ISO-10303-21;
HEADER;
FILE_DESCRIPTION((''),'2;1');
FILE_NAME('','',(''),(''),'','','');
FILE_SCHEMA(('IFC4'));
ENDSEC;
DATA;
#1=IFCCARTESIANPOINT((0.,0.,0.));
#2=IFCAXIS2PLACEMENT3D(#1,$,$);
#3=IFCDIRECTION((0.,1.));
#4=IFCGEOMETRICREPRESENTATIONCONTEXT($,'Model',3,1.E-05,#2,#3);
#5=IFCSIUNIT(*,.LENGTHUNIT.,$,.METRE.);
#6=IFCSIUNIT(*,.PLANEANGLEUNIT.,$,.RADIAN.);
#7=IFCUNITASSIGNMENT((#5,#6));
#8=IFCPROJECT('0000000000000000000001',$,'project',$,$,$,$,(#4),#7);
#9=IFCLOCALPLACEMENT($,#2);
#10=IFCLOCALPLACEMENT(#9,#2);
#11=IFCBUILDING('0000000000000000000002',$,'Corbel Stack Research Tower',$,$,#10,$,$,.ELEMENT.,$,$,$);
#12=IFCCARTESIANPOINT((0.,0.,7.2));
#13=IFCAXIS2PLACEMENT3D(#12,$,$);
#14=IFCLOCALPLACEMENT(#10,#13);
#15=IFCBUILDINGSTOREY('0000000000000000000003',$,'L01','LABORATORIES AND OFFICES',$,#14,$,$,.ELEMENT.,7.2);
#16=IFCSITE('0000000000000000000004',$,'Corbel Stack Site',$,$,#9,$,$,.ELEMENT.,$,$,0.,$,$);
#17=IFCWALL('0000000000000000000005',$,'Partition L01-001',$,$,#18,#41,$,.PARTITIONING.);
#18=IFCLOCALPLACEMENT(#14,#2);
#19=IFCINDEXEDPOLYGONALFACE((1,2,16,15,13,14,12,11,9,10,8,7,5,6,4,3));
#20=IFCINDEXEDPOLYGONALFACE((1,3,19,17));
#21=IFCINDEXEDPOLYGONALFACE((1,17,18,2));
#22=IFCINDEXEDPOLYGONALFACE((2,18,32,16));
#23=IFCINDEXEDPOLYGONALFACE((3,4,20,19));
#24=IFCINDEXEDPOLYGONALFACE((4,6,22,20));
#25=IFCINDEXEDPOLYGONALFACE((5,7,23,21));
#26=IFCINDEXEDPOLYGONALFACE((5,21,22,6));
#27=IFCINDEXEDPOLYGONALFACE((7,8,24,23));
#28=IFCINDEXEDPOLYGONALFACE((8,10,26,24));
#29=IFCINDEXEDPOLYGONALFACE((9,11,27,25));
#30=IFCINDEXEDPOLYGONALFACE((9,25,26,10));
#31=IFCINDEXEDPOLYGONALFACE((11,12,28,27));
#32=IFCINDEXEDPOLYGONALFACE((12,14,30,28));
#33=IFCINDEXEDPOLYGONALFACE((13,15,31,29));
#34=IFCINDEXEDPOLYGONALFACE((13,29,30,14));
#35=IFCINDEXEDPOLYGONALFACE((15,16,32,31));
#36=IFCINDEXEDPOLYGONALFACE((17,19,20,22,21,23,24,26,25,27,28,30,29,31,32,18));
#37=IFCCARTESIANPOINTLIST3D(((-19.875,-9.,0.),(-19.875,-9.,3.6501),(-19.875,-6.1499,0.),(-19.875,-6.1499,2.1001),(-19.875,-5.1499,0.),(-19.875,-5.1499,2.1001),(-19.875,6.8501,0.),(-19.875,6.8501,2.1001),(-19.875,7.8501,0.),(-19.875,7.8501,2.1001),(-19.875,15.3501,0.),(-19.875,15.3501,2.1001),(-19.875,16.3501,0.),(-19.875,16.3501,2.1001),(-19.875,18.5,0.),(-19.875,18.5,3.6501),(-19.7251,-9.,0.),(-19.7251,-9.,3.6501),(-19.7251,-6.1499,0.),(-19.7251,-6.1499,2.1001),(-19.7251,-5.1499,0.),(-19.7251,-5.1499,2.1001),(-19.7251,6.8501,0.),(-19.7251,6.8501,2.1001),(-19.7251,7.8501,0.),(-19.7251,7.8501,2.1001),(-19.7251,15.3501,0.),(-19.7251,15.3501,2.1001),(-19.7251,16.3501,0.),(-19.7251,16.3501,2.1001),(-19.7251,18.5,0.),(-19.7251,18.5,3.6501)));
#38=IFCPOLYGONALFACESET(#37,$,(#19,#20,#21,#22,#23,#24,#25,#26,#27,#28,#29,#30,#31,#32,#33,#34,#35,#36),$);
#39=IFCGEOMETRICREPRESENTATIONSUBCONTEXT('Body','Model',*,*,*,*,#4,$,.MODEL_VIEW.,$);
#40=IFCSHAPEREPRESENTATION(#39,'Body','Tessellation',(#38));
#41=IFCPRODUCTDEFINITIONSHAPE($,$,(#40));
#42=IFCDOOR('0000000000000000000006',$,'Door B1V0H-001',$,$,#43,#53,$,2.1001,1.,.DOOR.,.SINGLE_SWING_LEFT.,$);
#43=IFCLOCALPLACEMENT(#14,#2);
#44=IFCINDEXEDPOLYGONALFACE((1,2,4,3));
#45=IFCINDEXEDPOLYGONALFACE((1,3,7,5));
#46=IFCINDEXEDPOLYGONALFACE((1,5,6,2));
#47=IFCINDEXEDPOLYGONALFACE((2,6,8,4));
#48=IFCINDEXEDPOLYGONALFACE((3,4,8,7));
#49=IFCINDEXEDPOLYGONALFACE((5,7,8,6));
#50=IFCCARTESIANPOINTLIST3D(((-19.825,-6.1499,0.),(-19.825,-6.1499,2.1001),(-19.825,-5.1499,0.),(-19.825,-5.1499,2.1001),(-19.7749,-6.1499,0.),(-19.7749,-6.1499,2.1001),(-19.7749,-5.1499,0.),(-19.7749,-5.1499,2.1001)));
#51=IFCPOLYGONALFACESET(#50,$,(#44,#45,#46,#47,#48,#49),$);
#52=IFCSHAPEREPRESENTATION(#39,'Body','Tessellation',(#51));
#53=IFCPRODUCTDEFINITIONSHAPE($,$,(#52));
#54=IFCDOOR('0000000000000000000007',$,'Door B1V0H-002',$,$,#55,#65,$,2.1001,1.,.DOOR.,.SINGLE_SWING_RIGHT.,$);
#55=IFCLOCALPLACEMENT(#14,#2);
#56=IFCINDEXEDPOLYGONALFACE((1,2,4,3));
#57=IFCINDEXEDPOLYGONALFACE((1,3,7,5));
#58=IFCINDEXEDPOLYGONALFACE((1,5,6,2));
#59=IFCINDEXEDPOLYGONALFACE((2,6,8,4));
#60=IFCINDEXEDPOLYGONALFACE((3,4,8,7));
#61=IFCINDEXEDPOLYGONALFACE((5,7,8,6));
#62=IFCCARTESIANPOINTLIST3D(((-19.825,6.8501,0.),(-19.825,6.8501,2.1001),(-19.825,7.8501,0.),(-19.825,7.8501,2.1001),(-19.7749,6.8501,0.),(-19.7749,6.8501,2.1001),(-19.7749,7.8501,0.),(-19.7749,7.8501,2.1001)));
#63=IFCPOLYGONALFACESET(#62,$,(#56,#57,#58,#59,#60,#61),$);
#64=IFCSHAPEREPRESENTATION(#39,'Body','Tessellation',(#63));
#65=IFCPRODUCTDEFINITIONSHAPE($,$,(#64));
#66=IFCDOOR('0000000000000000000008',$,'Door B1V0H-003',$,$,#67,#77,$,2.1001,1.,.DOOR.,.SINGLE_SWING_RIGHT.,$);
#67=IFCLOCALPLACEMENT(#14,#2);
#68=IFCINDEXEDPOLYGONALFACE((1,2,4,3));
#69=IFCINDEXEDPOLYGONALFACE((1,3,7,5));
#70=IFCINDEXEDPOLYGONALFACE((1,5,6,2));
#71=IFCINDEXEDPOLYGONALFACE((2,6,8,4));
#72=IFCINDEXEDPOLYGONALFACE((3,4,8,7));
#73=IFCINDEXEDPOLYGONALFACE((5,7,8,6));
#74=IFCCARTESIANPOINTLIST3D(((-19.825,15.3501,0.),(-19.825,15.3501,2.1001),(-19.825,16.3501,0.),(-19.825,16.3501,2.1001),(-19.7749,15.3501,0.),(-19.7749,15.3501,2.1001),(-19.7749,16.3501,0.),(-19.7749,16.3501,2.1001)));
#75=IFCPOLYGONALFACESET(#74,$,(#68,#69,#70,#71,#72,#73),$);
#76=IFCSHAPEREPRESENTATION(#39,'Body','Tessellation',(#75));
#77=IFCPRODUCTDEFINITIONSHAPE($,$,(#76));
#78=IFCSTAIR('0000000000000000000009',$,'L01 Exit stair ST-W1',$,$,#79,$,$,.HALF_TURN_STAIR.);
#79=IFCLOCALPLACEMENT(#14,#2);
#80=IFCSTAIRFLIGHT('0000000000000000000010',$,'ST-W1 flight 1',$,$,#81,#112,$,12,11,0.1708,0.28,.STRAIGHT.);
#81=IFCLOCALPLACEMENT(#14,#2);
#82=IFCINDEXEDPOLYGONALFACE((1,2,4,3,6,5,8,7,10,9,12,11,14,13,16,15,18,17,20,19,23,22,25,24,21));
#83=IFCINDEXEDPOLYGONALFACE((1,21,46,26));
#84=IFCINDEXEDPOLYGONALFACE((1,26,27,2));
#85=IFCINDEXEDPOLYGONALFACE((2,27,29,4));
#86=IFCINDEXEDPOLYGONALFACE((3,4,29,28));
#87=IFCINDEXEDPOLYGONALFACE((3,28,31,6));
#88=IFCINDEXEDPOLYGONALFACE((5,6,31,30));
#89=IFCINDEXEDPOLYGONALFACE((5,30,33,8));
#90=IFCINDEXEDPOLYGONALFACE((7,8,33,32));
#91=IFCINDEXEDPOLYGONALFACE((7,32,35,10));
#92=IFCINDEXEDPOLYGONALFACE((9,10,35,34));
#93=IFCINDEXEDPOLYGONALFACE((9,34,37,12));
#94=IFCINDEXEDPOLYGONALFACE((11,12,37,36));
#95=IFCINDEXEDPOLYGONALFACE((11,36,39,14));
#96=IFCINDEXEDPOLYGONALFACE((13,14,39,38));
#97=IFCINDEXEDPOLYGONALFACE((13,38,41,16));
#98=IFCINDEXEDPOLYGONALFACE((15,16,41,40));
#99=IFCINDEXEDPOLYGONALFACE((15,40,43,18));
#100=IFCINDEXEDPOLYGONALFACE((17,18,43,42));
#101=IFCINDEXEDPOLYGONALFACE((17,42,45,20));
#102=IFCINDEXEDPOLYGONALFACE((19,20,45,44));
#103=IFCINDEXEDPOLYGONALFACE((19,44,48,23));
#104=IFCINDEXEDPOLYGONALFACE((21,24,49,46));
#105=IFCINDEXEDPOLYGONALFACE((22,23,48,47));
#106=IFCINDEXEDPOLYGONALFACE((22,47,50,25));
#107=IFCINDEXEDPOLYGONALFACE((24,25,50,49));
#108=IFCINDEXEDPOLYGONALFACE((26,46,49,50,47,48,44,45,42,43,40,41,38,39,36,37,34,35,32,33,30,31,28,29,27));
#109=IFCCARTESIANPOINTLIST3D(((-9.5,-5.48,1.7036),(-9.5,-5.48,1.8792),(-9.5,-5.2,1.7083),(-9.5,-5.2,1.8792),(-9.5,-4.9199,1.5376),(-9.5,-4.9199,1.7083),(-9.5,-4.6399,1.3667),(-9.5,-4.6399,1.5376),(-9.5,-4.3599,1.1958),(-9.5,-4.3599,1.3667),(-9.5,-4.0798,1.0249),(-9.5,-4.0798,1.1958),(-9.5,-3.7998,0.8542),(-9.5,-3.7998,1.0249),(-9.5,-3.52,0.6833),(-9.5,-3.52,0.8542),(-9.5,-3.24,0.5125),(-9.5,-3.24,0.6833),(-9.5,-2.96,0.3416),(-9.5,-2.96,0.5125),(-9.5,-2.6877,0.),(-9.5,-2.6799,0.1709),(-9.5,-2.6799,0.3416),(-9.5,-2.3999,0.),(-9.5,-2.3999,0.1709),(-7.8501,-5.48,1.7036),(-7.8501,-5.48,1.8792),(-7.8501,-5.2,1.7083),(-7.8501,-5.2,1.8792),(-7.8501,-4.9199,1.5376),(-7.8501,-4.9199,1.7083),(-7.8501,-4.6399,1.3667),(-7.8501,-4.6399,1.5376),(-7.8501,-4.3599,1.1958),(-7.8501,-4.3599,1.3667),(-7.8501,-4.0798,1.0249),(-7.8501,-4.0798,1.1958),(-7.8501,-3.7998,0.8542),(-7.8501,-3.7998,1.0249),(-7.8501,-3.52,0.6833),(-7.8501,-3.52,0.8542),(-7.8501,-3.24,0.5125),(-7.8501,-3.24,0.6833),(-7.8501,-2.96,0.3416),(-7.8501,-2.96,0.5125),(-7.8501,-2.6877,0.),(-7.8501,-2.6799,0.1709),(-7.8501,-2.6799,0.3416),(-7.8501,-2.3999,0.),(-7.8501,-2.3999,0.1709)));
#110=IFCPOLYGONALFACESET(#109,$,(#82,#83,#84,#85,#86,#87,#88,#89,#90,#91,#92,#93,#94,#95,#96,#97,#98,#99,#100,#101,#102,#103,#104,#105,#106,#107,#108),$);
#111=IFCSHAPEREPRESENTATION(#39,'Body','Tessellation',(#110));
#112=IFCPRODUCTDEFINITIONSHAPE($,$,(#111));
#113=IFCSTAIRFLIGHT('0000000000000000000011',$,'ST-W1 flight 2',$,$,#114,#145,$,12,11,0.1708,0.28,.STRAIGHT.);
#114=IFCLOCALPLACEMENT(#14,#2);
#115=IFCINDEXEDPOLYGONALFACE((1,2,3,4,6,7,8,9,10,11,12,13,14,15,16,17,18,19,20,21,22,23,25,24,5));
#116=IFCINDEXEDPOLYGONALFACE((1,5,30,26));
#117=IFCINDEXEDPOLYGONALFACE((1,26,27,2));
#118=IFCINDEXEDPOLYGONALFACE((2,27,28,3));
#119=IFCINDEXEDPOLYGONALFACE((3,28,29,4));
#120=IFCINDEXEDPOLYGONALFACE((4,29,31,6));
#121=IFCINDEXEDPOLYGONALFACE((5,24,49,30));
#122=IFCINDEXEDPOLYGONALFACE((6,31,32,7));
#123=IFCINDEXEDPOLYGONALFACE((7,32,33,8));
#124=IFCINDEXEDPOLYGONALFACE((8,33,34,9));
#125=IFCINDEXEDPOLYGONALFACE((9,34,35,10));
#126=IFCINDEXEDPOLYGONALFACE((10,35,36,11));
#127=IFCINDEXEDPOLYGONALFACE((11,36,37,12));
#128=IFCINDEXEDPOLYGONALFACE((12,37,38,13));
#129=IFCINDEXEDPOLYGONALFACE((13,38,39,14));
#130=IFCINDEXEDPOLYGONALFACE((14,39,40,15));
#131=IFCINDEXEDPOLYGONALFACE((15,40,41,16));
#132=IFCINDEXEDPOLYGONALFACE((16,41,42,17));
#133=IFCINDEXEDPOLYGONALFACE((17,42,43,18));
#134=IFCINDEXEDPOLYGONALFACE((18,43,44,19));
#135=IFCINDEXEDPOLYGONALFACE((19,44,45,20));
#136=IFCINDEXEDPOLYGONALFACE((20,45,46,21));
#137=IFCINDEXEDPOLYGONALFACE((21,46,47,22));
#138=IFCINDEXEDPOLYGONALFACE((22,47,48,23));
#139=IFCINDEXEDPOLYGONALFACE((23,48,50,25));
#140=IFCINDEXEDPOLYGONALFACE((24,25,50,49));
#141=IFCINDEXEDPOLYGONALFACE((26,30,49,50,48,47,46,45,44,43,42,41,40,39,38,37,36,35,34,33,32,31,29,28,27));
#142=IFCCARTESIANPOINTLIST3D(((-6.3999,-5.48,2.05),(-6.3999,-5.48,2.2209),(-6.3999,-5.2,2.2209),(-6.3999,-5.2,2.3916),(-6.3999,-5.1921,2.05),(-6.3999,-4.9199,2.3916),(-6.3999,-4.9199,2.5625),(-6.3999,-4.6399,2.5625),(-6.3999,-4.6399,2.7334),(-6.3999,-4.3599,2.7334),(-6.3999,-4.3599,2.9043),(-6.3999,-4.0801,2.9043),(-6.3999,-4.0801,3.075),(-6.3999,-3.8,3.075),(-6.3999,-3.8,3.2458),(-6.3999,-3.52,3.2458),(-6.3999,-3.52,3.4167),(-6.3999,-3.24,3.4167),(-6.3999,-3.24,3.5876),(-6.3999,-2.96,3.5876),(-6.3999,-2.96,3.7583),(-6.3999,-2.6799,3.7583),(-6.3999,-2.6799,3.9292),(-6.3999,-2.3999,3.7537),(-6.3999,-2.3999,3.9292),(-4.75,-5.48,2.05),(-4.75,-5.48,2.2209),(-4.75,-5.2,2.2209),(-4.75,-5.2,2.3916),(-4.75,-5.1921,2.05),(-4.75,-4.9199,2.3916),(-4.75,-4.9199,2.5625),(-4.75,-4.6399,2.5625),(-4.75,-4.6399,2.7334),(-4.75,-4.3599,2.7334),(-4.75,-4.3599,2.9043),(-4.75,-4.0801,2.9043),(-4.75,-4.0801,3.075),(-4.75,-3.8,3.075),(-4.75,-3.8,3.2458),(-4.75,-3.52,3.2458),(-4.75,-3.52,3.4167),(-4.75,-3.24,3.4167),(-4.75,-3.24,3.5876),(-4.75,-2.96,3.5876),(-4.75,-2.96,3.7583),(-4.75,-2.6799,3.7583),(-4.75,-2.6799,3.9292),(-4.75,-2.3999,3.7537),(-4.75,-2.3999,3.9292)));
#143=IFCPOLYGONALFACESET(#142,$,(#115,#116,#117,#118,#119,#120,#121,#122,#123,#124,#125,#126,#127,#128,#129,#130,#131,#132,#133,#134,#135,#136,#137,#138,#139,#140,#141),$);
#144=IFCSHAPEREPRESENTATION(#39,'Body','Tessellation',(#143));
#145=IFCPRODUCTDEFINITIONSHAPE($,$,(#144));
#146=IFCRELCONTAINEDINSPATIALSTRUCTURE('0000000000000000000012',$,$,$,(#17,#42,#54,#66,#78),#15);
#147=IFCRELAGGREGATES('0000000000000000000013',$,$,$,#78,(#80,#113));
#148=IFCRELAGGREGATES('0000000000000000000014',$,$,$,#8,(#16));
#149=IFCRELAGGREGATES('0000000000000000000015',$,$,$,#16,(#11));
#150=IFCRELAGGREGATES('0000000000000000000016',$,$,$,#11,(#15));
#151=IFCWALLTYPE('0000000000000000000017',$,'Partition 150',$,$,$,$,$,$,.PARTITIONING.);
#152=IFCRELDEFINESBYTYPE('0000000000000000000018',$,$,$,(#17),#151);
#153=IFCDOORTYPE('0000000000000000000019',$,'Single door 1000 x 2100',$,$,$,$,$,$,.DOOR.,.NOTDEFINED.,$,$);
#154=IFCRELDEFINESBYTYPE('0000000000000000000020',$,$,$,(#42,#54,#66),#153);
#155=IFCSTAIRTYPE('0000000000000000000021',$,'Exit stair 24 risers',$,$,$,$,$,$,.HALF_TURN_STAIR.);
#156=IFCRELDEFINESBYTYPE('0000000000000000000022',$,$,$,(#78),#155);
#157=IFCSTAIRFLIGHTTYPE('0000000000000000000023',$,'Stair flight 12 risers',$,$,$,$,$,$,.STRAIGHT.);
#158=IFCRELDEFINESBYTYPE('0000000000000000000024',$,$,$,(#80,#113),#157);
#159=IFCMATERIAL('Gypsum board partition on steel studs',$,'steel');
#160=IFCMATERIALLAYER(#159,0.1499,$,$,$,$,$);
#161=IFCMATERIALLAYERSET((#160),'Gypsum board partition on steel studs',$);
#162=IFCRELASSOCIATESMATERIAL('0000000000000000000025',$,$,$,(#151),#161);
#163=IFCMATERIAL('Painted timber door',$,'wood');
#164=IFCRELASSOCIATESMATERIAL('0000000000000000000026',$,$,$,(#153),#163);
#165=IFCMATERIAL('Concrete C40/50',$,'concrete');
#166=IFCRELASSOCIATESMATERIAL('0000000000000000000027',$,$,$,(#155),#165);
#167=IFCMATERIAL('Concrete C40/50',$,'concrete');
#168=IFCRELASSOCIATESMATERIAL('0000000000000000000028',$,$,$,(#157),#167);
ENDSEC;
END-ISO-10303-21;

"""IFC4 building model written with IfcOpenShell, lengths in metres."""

from ifc_helpers import new_model, si_unit, direction, frame, frame_2d, origin, place, context, subcontext, project, spatial, polyline, rectangle, outline, extrude, material, layer, layer_set, type_object, element, fill, aggregate, save


model = new_model("IFC4")

# Units and contexts
model_context = context("Model", 3, precision=1e-05, world=origin(), true_north=direction((0.0, 1.0)))
body_context = subcontext(model_context, "Body", "Model", "MODEL_VIEW")
ifc_project = project(units=[si_unit("LENGTHUNIT", "METRE"), si_unit("PLANEANGLEUNIT", "RADIAN")], contexts=[model_context])

# Site, building, storey
site_placement = place(None, origin())
site = spatial("IfcSite", under=ifc_project, at=site_placement, Name="Corbel Stack Site", CompositionType="ELEMENT", RefElevation=0.0)
building_placement = place(site_placement, origin())
building = spatial("IfcBuilding", under=site, at=building_placement, Name="Corbel Stack Research Tower", CompositionType="ELEMENT")
storey_placement = place(building_placement, frame((0.0, 0.0, 7.2)))
storey = spatial("IfcBuildingStorey", under=building, at=storey_placement, Name="L01", Description="LABORATORIES AND OFFICES", CompositionType="ELEMENT", Elevation=7.2)

# Wall, openings, doors
ifc_material_1 = material(Name="Gypsum board partition on steel studs", Category="steel")
ifc_layer_1 = layer(ifc_material_1, 0.1499)
ifc_layer_set_1 = layer_set([ifc_layer_1], Name="Gypsum board partition on steel studs")
wall_type_1 = type_object("IfcWallType", Name="Partition 150", PredefinedType="PARTITIONING", material=ifc_layer_set_1)
wall_1_placement = place(storey_placement, frame((-19.8, -9.0, 0.0), z_axis=(0.0, 0.0, 1.0), x_axis=(0.0, 1.0, 0.0)))
wall_1 = element("IfcWall", 1, at=wall_1_placement, inside=storey, type_object=wall_type_1, Name="Partition L01-001", PredefinedType="PARTITIONING", context=body_context, shape_type="SweptSolid", body=[
    extrude(rectangle(XDim=27.5, YDim=0.1499, at=frame_2d((13.75, 0.0))), origin(), (0.0, 0.0, 1.0), 3.6501),
])
opening_1_placement = place(wall_1_placement, frame((2.8501, 0.0, 0.0)))
opening_1 = element("IfcOpeningElement", 2, at=opening_1_placement, cuts=wall_1, PredefinedType="OPENING", context=body_context, shape_type="SweptSolid", body=[
    extrude(rectangle(XDim=1.0, YDim=2.1001, at=frame_2d((0.5, 1.05))), frame((0.0, 0.085, 0.0), z_axis=(0.0, -1.0, 0.0), x_axis=(1.0, 0.0, 0.0)), (0.0, 0.0, 1.0), 0.1699),
])
opening_2_placement = place(wall_1_placement, frame((15.8501, 0.0, 0.0)))
opening_2 = element("IfcOpeningElement", 3, at=opening_2_placement, cuts=wall_1, PredefinedType="OPENING", context=body_context, shape_type="SweptSolid", body=[
    extrude(rectangle(XDim=1.0, YDim=2.1001, at=frame_2d((0.5, 1.05))), frame((0.0, 0.085, 0.0), z_axis=(0.0, -1.0, 0.0), x_axis=(1.0, 0.0, 0.0)), (0.0, 0.0, 1.0), 0.1699),
])
opening_3_placement = place(wall_1_placement, frame((24.3501, 0.0, 0.0)))
opening_3 = element("IfcOpeningElement", 4, at=opening_3_placement, cuts=wall_1, PredefinedType="OPENING", context=body_context, shape_type="SweptSolid", body=[
    extrude(rectangle(XDim=1.0, YDim=2.1001, at=frame_2d((0.5, 1.05))), frame((0.0, 0.085, 0.0), z_axis=(0.0, -1.0, 0.0), x_axis=(1.0, 0.0, 0.0)), (0.0, 0.0, 1.0), 0.1699),
])
ifc_material_2 = material(Name="Painted timber door", Category="wood")
door_type_1 = type_object("IfcDoorType", Name="Single door 1000 x 2100", OperationType="NOTDEFINED", PredefinedType="DOOR", material=ifc_material_2)
door_1_placement = place(opening_1_placement, origin())
door_1 = element("IfcDoor", 5, at=door_1_placement, inside=storey, type_object=door_type_1, Name="Door B1V0H-001", OperationType="SINGLE_SWING_LEFT", OverallHeight=2.1001, OverallWidth=1.0, PredefinedType="DOOR", context=body_context, shape_type="SweptSolid", body=[
    extrude(rectangle(XDim=1.0, YDim=2.1001, at=frame_2d((0.5, 1.05))), frame((0.0, 0.0249, 0.0), z_axis=(0.0, -1.0, 0.0), x_axis=(1.0, 0.0, 0.0)), (0.0, 0.0, 1.0), 0.05),
])
fill(opening_1, door_1)
door_2_placement = place(opening_2_placement, origin())
door_2 = element("IfcDoor", 6, at=door_2_placement, inside=storey, type_object=door_type_1, Name="Door B1V0H-002", OperationType="SINGLE_SWING_RIGHT", OverallHeight=2.1001, OverallWidth=1.0, PredefinedType="DOOR", context=body_context, shape_type="SweptSolid", body=[
    extrude(rectangle(XDim=1.0, YDim=2.1001, at=frame_2d((0.5, 1.05))), frame((0.0, 0.0249, 0.0), z_axis=(0.0, -1.0, 0.0), x_axis=(1.0, 0.0, 0.0)), (0.0, 0.0, 1.0), 0.05),
])
fill(opening_2, door_2)
door_3_placement = place(opening_3_placement, origin())
door_3 = element("IfcDoor", 7, at=door_3_placement, inside=storey, type_object=door_type_1, Name="Door B1V0H-003", OperationType="SINGLE_SWING_RIGHT", OverallHeight=2.1001, OverallWidth=1.0, PredefinedType="DOOR", context=body_context, shape_type="SweptSolid", body=[
    extrude(rectangle(XDim=1.0, YDim=2.1001, at=frame_2d((0.5, 1.05))), frame((0.0, 0.0249, 0.0), z_axis=(0.0, -1.0, 0.0), x_axis=(1.0, 0.0, 0.0)), (0.0, 0.0, 1.0), 0.05),
])
fill(opening_3, door_3)

# Stair, stair flights
ifc_material_3 = material(Name="Concrete C40/50", Category="concrete")
stair_type = type_object("IfcStairType", Name="Exit stair 24 risers", PredefinedType="HALF_TURN_STAIR", material=ifc_material_3)
stair_placement = place(storey_placement, origin())
stair = element("IfcStair", 8, at=stair_placement, inside=storey, type_object=stair_type, Name="L01 Exit stair ST-W1", PredefinedType="HALF_TURN_STAIR")
ifc_material_4 = material(Name="Concrete C40/50", Category="concrete")
stair_flight_type = type_object("IfcStairFlightType", Name="Stair flight 12 risers", PredefinedType="STRAIGHT", material=ifc_material_4)
stair_flight_1_placement = place(storey_placement, frame((-8.675, -2.3999, 0.0), z_axis=(0.0, 0.0, 1.0), x_axis=(0.0, -1.0, 0.0)))
stair_flight_1 = element("IfcStairFlight", 9, at=stair_flight_1_placement, type_object=stair_flight_type, Name="ST-W1 flight 1", NumberOfRisers=12, NumberOfTreads=11, PredefinedType="STRAIGHT", RiserHeight=0.1708, TreadLength=0.28, context=body_context, shape_type="SweptSolid", body=[
    extrude(outline(polyline([(0.0, 0.0), (0.0, 0.1709), (0.28, 0.1709), (0.28, 0.3416), (0.5601, 0.3416), (0.5601, 0.5125), (0.8401, 0.5125), (0.8401, 0.6833), (1.1201, 0.6833), (1.1201, 0.8542), (1.3999, 0.8542), (1.3999, 1.0249), (1.6799, 1.0249), (1.6799, 1.1958), (1.96, 1.1958), (1.96, 1.3667), (2.24, 1.3667), (2.24, 1.5376), (2.52, 1.5376), (2.52, 1.7083), (2.8, 1.7083), (2.8, 1.8792), (3.0801, 1.8792), (3.0801, 2.05), (3.0801, 1.7036), (0.2878, 0.0), (0.0, 0.0)])), frame((0.0, 0.825, 0.0), z_axis=(0.0, -1.0, 0.0), x_axis=(1.0, 0.0, 0.0)), (0.0, 0.0, 1.0), 1.6499),
])
stair_flight_2_placement = place(storey_placement, frame((-5.575, -5.48, 2.05), z_axis=(0.0, 0.0, 1.0), x_axis=(0.0, 1.0, 0.0)))
stair_flight_2 = element("IfcStairFlight", 10, at=stair_flight_2_placement, type_object=stair_flight_type, Name="ST-W1 flight 2", NumberOfRisers=12, NumberOfTreads=11, PredefinedType="STRAIGHT", RiserHeight=0.1708, TreadLength=0.28, context=body_context, shape_type="SweptSolid", body=[
    extrude(outline(polyline([(0.0, 0.0), (0.0, 0.1709), (0.28, 0.1709), (0.28, 0.3416), (0.5601, 0.3416), (0.5601, 0.5125), (0.8401, 0.5125), (0.8401, 0.6833), (1.1201, 0.6833), (1.1201, 0.8542), (1.3999, 0.8542), (1.3999, 1.0249), (1.6799, 1.0249), (1.6799, 1.1958), (1.96, 1.1958), (1.96, 1.3667), (2.24, 1.3667), (2.24, 1.5376), (2.52, 1.5376), (2.52, 1.7083), (2.8, 1.7083), (2.8, 1.8792), (3.0801, 1.8792), (3.0801, 2.05), (3.0801, 1.7036), (0.2878, 0.0), (0.0, 0.0)])), frame((0.0, 0.825, 0.0), z_axis=(0.0, -1.0, 0.0), x_axis=(1.0, 0.0, 0.0)), (0.0, 0.0, 1.0), 1.6499),
])
aggregate(stair, [stair_flight_1, stair_flight_2])

save(model, "model.ifc")
